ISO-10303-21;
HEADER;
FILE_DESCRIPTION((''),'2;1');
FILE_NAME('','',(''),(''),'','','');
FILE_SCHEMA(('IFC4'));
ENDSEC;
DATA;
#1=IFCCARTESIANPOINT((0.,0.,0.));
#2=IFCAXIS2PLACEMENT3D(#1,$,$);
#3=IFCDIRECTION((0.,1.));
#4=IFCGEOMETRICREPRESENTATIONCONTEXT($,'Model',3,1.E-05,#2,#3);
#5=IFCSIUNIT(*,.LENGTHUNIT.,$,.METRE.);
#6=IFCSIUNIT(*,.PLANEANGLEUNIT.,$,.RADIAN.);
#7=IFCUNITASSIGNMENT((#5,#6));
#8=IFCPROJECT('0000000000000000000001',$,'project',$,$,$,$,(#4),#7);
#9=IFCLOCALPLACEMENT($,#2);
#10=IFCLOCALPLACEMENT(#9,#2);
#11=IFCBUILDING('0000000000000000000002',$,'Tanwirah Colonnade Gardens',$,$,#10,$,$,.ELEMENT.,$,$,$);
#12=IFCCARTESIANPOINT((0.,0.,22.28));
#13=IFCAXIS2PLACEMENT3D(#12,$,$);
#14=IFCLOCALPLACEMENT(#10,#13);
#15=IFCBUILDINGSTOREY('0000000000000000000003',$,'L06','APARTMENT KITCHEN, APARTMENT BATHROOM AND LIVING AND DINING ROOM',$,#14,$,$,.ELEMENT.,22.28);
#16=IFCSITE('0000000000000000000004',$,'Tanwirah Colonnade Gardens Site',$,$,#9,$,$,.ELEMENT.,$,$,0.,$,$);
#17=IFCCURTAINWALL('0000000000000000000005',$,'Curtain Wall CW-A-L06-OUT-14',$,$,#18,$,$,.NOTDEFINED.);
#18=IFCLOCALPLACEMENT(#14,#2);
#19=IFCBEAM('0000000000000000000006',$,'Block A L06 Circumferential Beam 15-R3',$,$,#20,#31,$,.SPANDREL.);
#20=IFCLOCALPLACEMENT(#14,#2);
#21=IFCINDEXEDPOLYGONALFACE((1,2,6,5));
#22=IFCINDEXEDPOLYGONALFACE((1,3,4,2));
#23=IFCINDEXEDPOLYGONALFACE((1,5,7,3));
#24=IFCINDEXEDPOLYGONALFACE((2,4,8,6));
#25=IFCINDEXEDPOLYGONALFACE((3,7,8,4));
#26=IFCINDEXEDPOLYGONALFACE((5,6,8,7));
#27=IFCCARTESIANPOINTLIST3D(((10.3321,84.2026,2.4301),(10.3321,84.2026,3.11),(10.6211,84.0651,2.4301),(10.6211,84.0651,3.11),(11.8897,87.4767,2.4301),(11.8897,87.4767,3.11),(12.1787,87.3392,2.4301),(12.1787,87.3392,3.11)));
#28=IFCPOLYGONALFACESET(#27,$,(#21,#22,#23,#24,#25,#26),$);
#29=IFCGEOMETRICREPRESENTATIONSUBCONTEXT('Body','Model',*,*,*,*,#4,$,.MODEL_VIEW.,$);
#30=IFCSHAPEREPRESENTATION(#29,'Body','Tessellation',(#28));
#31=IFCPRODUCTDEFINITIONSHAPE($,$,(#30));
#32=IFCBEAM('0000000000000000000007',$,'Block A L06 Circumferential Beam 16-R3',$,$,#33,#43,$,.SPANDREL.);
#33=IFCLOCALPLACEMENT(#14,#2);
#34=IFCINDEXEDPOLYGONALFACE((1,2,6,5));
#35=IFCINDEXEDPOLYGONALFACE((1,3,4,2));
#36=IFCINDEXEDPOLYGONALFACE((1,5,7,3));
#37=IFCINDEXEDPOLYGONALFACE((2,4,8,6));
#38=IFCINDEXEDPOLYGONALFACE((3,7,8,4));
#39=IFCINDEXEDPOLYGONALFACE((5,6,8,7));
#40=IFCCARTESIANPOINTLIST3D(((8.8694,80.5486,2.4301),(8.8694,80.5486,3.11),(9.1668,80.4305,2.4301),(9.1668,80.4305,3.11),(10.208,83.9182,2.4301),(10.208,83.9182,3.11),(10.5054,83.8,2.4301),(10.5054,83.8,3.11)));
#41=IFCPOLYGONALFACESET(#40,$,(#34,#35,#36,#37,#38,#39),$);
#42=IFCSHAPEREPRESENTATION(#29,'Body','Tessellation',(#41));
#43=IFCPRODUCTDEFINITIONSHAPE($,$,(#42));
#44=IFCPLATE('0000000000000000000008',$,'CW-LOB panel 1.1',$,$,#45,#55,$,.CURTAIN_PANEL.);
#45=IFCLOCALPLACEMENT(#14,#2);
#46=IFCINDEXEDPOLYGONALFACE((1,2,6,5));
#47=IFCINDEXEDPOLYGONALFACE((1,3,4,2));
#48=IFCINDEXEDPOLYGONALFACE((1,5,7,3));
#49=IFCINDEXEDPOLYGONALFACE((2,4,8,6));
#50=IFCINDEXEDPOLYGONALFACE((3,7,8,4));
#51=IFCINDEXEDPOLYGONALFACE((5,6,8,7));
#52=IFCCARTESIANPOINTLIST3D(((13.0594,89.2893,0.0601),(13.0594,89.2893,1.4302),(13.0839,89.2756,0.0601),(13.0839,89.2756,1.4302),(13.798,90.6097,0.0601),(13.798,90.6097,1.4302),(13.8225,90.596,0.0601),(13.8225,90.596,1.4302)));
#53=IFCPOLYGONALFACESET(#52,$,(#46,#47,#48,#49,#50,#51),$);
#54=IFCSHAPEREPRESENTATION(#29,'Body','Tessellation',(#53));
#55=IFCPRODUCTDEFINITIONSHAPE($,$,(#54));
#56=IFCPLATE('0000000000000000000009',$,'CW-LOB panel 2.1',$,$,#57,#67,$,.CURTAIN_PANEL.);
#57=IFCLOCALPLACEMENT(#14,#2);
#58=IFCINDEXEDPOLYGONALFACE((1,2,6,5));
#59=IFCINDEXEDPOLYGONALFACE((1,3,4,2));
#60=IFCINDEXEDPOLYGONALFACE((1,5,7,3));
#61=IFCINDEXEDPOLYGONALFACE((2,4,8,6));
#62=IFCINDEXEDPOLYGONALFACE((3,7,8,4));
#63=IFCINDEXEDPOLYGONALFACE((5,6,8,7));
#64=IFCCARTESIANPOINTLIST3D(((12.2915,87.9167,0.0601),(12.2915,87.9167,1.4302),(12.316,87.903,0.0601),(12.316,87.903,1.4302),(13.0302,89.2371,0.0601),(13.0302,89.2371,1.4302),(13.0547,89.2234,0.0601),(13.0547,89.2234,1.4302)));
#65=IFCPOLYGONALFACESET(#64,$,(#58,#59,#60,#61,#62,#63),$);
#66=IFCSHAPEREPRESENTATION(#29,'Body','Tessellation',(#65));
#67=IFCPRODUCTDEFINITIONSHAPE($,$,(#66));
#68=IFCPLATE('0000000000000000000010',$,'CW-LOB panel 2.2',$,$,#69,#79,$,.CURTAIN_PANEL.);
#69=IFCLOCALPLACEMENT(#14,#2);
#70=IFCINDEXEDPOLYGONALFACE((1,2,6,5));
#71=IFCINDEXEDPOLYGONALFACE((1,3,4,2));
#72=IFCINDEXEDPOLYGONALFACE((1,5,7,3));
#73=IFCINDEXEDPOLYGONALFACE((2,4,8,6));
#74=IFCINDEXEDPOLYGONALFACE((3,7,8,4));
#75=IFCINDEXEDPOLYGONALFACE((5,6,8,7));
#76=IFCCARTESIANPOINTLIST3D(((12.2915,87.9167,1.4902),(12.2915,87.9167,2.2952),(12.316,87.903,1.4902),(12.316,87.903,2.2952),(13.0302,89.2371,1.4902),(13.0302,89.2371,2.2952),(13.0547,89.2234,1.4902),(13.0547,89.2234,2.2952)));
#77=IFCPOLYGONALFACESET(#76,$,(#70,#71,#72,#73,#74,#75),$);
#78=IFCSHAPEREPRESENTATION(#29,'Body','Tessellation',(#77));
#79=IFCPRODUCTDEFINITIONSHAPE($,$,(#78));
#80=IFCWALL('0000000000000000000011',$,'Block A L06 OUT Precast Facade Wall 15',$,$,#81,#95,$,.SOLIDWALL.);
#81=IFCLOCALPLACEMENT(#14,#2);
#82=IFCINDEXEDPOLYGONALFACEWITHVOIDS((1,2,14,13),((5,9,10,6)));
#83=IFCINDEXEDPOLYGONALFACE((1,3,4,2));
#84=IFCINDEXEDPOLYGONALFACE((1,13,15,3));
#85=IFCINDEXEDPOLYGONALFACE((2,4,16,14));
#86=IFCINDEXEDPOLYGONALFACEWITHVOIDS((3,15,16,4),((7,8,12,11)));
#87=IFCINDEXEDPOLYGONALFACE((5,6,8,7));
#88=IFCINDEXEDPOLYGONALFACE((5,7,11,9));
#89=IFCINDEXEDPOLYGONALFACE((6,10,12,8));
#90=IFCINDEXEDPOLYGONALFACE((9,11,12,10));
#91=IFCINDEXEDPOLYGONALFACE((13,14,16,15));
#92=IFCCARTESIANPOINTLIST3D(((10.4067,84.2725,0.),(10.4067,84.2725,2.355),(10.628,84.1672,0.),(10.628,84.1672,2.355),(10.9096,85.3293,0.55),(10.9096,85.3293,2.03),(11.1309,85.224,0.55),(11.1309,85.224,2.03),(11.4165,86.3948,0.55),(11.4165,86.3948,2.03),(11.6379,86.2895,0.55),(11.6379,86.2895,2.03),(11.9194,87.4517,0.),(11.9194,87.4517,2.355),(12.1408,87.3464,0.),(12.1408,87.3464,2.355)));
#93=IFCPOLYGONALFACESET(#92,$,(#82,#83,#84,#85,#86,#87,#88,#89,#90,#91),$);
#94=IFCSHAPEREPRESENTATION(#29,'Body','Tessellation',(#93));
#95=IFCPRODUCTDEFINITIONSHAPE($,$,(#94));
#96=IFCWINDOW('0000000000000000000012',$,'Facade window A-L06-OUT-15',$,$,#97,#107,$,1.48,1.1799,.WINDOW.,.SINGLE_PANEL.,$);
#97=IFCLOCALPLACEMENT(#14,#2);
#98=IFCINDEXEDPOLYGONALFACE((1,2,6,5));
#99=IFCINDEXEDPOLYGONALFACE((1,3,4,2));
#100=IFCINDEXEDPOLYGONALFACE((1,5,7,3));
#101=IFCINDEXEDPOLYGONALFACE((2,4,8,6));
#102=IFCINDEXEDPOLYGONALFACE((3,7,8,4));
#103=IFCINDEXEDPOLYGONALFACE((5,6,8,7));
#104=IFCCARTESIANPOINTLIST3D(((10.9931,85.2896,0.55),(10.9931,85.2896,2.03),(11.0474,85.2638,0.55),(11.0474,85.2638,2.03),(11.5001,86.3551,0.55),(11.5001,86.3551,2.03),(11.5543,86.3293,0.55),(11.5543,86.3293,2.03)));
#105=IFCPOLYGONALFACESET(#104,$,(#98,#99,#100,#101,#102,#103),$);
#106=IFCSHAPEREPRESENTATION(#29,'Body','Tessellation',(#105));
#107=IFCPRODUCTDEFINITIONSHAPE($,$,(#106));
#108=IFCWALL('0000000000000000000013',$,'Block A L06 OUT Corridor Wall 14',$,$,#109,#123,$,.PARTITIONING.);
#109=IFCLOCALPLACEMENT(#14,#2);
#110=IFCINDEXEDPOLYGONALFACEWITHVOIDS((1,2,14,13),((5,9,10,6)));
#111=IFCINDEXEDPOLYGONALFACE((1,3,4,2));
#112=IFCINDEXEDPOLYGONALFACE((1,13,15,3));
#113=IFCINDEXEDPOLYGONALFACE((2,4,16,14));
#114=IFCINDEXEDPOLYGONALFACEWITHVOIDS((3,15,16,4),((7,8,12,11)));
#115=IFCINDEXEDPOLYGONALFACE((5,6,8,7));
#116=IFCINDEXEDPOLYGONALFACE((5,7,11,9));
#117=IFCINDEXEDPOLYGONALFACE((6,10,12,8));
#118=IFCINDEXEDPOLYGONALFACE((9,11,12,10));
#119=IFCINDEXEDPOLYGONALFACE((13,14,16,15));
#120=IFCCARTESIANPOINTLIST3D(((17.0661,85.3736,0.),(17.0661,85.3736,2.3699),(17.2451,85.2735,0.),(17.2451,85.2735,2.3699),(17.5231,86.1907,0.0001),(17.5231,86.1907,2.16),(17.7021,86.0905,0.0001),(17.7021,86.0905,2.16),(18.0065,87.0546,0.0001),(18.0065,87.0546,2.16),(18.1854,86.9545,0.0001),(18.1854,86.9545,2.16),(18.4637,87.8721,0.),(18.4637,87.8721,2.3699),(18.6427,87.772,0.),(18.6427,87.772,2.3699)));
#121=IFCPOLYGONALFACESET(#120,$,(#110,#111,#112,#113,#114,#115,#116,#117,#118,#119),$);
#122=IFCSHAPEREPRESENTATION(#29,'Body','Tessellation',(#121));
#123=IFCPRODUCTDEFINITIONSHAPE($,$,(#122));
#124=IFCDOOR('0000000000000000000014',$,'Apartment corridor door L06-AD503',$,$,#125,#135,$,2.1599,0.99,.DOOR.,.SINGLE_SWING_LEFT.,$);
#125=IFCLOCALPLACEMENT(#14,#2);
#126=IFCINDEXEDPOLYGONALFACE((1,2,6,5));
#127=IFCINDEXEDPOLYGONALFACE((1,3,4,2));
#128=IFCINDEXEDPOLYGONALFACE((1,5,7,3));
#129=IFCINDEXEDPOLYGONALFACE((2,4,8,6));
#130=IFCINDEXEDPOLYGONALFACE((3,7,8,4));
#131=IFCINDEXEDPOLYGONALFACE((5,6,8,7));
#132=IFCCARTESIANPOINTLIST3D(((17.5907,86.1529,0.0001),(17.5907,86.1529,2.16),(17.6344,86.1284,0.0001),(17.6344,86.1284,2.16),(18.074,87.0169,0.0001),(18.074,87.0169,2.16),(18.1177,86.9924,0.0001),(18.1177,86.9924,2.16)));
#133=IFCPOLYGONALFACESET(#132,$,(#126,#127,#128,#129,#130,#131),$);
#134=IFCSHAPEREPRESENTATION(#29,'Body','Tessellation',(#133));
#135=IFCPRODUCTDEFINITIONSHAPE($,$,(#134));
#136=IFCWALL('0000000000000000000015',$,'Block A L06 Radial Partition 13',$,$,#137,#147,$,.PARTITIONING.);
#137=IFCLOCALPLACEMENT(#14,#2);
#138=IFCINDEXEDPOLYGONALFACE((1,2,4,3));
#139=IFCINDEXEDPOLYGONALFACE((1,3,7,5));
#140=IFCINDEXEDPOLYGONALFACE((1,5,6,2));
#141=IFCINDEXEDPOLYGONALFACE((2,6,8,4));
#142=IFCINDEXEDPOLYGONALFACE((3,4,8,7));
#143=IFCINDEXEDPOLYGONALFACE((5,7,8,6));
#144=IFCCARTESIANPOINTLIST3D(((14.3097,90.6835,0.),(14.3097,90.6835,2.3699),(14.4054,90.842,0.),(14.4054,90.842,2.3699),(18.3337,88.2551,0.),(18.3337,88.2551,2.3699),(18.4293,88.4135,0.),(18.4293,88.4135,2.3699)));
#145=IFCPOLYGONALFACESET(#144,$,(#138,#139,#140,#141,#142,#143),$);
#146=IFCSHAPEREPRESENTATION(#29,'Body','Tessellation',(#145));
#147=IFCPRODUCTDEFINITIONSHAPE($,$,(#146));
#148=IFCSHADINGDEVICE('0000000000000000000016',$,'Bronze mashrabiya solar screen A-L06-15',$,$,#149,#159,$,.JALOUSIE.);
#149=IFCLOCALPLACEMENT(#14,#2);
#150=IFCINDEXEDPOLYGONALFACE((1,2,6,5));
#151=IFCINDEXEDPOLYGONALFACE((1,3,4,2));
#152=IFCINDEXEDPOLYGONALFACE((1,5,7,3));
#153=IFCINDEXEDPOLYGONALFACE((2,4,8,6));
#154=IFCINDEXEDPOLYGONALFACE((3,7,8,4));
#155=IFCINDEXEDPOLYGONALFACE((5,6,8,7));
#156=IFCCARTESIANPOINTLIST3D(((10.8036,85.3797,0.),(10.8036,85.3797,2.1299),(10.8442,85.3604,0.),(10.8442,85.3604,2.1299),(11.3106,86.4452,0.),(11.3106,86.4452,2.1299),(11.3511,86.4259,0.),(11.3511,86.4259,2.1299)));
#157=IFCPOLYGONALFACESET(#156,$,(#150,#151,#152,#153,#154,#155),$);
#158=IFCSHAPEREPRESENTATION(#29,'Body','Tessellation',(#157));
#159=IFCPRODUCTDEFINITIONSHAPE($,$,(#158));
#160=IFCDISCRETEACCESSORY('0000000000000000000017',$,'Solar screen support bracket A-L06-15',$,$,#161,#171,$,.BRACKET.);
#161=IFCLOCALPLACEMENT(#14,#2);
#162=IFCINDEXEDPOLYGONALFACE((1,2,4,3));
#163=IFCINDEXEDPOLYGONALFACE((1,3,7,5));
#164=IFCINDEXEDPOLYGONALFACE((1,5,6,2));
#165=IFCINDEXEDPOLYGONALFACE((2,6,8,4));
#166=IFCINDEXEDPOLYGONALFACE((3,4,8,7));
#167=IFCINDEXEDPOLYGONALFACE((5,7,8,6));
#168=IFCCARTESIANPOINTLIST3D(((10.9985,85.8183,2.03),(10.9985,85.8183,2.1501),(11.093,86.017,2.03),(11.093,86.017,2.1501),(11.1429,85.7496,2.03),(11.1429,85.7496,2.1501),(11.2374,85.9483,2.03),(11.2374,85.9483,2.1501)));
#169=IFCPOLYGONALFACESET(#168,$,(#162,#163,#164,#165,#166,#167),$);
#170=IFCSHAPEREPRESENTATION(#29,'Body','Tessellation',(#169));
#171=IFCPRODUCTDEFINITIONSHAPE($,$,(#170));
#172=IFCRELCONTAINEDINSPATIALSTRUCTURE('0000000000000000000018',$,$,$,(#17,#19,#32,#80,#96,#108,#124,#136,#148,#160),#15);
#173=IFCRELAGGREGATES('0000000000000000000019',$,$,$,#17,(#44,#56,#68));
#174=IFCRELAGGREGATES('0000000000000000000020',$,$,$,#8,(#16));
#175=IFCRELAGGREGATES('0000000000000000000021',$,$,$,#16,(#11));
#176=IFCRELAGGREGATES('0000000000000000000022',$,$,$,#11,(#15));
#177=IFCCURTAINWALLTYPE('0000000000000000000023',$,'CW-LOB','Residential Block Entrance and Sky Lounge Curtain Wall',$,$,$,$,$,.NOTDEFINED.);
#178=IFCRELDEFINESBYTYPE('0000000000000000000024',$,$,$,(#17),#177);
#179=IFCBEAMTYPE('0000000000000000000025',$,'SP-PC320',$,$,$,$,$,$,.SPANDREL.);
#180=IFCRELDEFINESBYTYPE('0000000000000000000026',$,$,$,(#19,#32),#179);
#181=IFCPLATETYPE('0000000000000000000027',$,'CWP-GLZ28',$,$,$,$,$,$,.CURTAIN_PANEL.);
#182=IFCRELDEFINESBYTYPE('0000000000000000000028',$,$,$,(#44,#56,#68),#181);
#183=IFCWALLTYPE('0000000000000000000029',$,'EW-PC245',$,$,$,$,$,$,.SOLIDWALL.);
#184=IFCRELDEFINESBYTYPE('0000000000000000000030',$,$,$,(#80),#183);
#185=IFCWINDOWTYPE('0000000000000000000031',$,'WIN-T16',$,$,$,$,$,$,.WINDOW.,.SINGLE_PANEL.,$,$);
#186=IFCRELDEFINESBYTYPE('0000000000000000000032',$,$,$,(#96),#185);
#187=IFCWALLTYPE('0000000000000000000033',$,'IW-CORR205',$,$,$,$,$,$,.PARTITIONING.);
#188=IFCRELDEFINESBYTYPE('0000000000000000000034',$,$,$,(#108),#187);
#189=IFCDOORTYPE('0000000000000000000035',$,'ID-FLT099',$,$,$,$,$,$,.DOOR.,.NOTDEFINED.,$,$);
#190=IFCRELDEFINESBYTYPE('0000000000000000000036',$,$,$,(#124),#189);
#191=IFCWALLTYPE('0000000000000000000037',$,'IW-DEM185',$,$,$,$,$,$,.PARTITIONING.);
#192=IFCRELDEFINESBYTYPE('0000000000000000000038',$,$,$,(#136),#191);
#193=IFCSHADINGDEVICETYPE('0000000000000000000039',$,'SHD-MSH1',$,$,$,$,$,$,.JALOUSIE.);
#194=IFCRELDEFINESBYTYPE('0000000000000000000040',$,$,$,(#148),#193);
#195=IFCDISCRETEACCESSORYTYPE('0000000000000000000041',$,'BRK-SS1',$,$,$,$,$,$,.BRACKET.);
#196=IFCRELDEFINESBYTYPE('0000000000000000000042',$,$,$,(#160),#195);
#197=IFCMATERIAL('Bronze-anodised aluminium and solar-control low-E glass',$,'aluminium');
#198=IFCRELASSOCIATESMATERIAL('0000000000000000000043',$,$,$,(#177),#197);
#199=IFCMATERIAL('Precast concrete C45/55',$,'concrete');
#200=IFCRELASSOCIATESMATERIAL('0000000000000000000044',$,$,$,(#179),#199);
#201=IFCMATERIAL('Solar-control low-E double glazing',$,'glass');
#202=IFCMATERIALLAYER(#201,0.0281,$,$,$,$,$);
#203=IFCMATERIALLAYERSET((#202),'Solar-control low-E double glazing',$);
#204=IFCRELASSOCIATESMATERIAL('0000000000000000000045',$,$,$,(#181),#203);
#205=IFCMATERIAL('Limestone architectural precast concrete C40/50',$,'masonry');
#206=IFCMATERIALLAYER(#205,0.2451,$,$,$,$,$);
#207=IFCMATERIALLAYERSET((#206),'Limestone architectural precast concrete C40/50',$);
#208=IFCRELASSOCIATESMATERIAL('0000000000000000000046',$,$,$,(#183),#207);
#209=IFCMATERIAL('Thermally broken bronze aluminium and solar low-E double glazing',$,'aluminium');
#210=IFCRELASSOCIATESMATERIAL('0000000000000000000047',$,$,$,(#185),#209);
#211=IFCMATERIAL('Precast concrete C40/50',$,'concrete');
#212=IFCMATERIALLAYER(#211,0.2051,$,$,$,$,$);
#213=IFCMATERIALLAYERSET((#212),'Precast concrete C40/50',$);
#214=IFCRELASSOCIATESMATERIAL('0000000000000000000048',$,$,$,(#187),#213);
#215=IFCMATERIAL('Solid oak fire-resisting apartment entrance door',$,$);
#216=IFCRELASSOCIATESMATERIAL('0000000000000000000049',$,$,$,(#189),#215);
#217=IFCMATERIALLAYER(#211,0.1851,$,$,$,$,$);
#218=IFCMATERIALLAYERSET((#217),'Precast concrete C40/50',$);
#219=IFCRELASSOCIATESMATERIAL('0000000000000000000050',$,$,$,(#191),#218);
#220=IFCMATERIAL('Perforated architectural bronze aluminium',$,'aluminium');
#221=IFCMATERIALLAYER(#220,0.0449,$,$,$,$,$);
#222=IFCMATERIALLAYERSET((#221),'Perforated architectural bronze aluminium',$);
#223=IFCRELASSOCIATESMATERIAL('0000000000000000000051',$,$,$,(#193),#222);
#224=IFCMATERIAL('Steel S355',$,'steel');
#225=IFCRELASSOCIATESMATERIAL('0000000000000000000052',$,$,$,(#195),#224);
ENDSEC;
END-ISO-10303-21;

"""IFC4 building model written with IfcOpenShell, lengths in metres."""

from ifc_helpers import new_model, si_unit, direction, frame, frame_2d, origin, origin_2d, place, context, subcontext, project, spatial, rectangle, extrude, material, layer, layer_set, material_profile, profile_set, type_object, element, fill, aggregate, save


model = new_model("IFC4")

# Units and contexts
model_context = context("Model", 3, precision=1e-05, world=origin(), true_north=direction((0.0, 1.0)))
body_context = subcontext(model_context, "Body", "Model", "MODEL_VIEW")
ifc_project = project(units=[si_unit("LENGTHUNIT", "METRE"), si_unit("PLANEANGLEUNIT", "RADIAN")], contexts=[model_context])

# Site, building, storey
site_placement = place(None, origin())
site = spatial("IfcSite", under=ifc_project, at=site_placement, Name="Tanwirah Colonnade Gardens Site", CompositionType="ELEMENT", RefElevation=0.0)
building_placement = place(site_placement, origin())
building = spatial("IfcBuilding", under=site, at=building_placement, Name="Tanwirah Colonnade Gardens", CompositionType="ELEMENT")
storey_placement = place(building_placement, frame((0.0, 0.0, 22.28)))
storey = spatial("IfcBuildingStorey", under=building, at=storey_placement, Name="L06", Description="APARTMENT KITCHEN, APARTMENT BATHROOM AND LIVING AND DINING ROOM", CompositionType="ELEMENT", Elevation=22.28)

# Shared definitions
ifc_material_1 = material(Name="Precast concrete C45/55", Category="concrete")
ifc_material_2 = material(Name="Precast concrete C40/50", Category="concrete")

# Curtain wall
ifc_material_3 = material(Name="Bronze-anodised aluminium and solar-control low-E glass", Category="aluminium")
curtain_wall_type = type_object("IfcCurtainWallType", Name="CW-LOB", Description="Residential Block Entrance and Sky Lounge Curtain Wall", PredefinedType="NOTDEFINED", material=ifc_material_3)
curtain_wall_placement = place(storey_placement, origin())
curtain_wall = element("IfcCurtainWall", 1, at=curtain_wall_placement, inside=storey, type_object=curtain_wall_type, Name="Curtain Wall CW-A-L06-OUT-14", PredefinedType="NOTDEFINED")

# Beams
ifc_material_profile_1 = material_profile(ifc_material_1, rectangle(XDim=0.3201, YDim=0.6799, at=origin_2d()), Name="PC-SP 320x680")
ifc_profile_set_1 = profile_set([ifc_material_profile_1], Name="Precast concrete C45/55")
beam_type_1 = type_object("IfcBeamType", Name="SP-PC320", PredefinedType="SPANDREL", material=ifc_profile_set_1)
for number, where, z_axis, x_axis, name in (
    (2, (12.0342, 87.408, 2.77), (-0.429594, -0.903022, 0.0), (0.903022, -0.429594, 0.0), "Block A L06 Circumferential Beam 15-R3"),
    (3, (10.3567, 83.8591, 2.77), (-0.369195, -0.929352, 0.0), (0.929352, -0.369195, 0.0), "Block A L06 Circumferential Beam 16-R3"),
):
    element("IfcBeam", number, at=place(storey_placement, frame(where, z_axis=z_axis, x_axis=x_axis)), inside=storey, type_object=beam_type_1, Name=name, PredefinedType="SPANDREL", context=body_context, shape_type="SweptSolid", body=[
        extrude(rectangle(XDim=0.3201, YDim=0.6799, at=origin_2d()), origin(), (0.0, 0.0, 1.0), 3.6257),
    ])

# Plates
ifc_material_4 = material(Name="Solar-control low-E double glazing", Category="glass")
ifc_layer_1 = layer(ifc_material_4, 0.0281)
ifc_layer_set_1 = layer_set([ifc_layer_1], Name="Solar-control low-E double glazing")
plate_type = type_object("IfcPlateType", Name="CWP-GLZ28", PredefinedType="CURTAIN_PANEL", material=ifc_layer_set_1)
plate_1_placement = place(storey_placement, frame((13.4409, 89.9426, 0.0601), z_axis=(0.0, 0.0, 1.0), x_axis=(-0.488199, -0.872732, 0.0)))
plate_1 = element("IfcPlate", 4, at=plate_1_placement, type_object=plate_type, Name="CW-LOB panel 1.1", PredefinedType="CURTAIN_PANEL", context=body_context, shape_type="SweptSolid", body=[
    extrude(rectangle(XDim=1.5129, YDim=0.0281, at=origin_2d()), origin(), (0.0, 0.0, 1.0), 1.3701),
])
plate_2_placement = place(storey_placement, frame((12.6731, 88.5701, 0.0601), z_axis=(0.0, 0.0, 1.0), x_axis=(-0.488199, -0.872732, 0.0)))
plate_2 = element("IfcPlate", 5, at=plate_2_placement, type_object=plate_type, Name="CW-LOB panel 2.1", PredefinedType="CURTAIN_PANEL", context=body_context, shape_type="SweptSolid", body=[
    extrude(rectangle(XDim=1.5129, YDim=0.0281, at=origin_2d()), origin(), (0.0, 0.0, 1.0), 1.3701),
])
plate_3_placement = place(storey_placement, frame((12.6731, 88.5701, 1.4902), z_axis=(0.0, 0.0, 1.0), x_axis=(-0.488199, -0.872732, 0.0)))
plate_3 = element("IfcPlate", 6, at=plate_3_placement, type_object=plate_type, Name="CW-LOB panel 2.2", PredefinedType="CURTAIN_PANEL", context=body_context, shape_type="SweptSolid", body=[
    extrude(rectangle(XDim=1.5129, YDim=0.0281, at=origin_2d()), origin(), (0.0, 0.0, 1.0), 0.8049),
])
aggregate(curtain_wall, [plate_1, plate_2, plate_3])

# Wall, opening, window
ifc_material_5 = material(Name="Limestone architectural precast concrete C40/50", Category="masonry")
ifc_layer_2 = layer(ifc_material_5, 0.2451)
ifc_layer_set_2 = layer_set([ifc_layer_2], Name="Limestone architectural precast concrete C40/50")
wall_type_1 = type_object("IfcWallType", Name="EW-PC245", PredefinedType="SOLIDWALL", material=ifc_layer_set_2)
wall_1_placement = place(storey_placement, frame((12.03, 87.3989, 0.0), z_axis=(0.0, 0.0, 1.0), x_axis=(-0.429654, -0.902994, 0.0)))
wall_1 = element("IfcWall", 7, at=wall_1_placement, inside=storey, type_object=wall_type_1, Name="Block A L06 OUT Precast Facade Wall 15", PredefinedType="SOLIDWALL", context=body_context, shape_type="SweptSolid", body=[
    extrude(rectangle(XDim=3.5208, YDim=0.2451, at=frame_2d((1.7603, 0.0))), origin(), (0.0, 0.0, 1.0), 2.355),
])
opening_1_placement = place(wall_1_placement, frame((1.1704, 0.0, 0.55)))
opening_1 = element("IfcOpeningElement", 8, at=opening_1_placement, cuts=wall_1, PredefinedType="OPENING", context=body_context, shape_type="SweptSolid", body=[
    extrude(rectangle(XDim=1.1799, YDim=1.48, at=frame_2d((0.5898, 0.74))), frame((0.0, 0.1326, 0.0), z_axis=(0.0, -1.0, 0.0), x_axis=(1.0, 0.0, 0.0)), (0.0, 0.0, 1.0), 0.2651),
])
ifc_material_6 = material(Name="Thermally broken bronze aluminium and solar low-E double glazing", Category="aluminium")
window_type = type_object("IfcWindowType", Name="WIN-T16", PartitioningType="SINGLE_PANEL", PredefinedType="WINDOW", material=ifc_material_6)
window_placement = place(opening_1_placement, origin())
window = element("IfcWindow", 9, at=window_placement, inside=storey, type_object=window_type, Name="Facade window A-L06-OUT-15", OverallHeight=1.48, OverallWidth=1.1799, PartitioningType="SINGLE_PANEL", PredefinedType="WINDOW", context=body_context, shape_type="SweptSolid", body=[
    extrude(rectangle(XDim=1.1799, YDim=1.48, at=frame_2d((0.5898, 0.74))), frame((0.0, 0.03, 0.0), z_axis=(0.0, -1.0, 0.0), x_axis=(1.0, 0.0, 0.0)), (0.0, 0.0, 1.0), 0.0601),
])
fill(opening_1, window)

# Wall, opening, door
ifc_layer_3 = layer(ifc_material_2, 0.2051)
ifc_layer_set_3 = layer_set([ifc_layer_3], Name="Precast concrete C40/50")
wall_type_2 = type_object("IfcWallType", Name="IW-CORR205", PredefinedType="PARTITIONING", material=ifc_layer_set_3)
wall_2_placement = place(storey_placement, frame((18.5532, 87.822, 0.0), z_axis=(0.0, 0.0, 1.0), x_axis=(-0.488211, -0.872726, 0.0)))
wall_2 = element("IfcWall", 10, at=wall_2_placement, inside=storey, type_object=wall_type_2, Name="Block A L06 OUT Corridor Wall 14", PredefinedType="PARTITIONING", context=body_context, shape_type="SweptSolid", body=[
    extrude(rectangle(XDim=2.8628, YDim=0.2051, at=frame_2d((1.4314, 0.0))), origin(), (0.0, 0.0, 1.0), 2.3699),
])
opening_2_placement = place(wall_2_placement, frame((0.9365, 0.0, 0.0)))
opening_2 = element("IfcOpeningElement", 11, at=opening_2_placement, cuts=wall_2, PredefinedType="OPENING", context=body_context, shape_type="SweptSolid", body=[
    extrude(rectangle(XDim=0.99, YDim=2.1599, at=frame_2d((0.4951, 1.0801))), frame((0.0, 0.1125, 0.0), z_axis=(0.0, -1.0, 0.0), x_axis=(1.0, 0.0, 0.0)), (0.0, 0.0, 1.0), 0.2251),
])
ifc_material_7 = material(Name="Solid oak fire-resisting apartment entrance door")
door_type_1 = type_object("IfcDoorType", Name="ID-FLT099", OperationType="NOTDEFINED", PredefinedType="DOOR", material=ifc_material_7)
door_1_placement = place(opening_2_placement, origin())
door_1 = element("IfcDoor", 12, at=door_1_placement, inside=storey, type_object=door_type_1, Name="Apartment corridor door L06-AD503", OperationType="SINGLE_SWING_LEFT", OverallHeight=2.1599, OverallWidth=0.99, PredefinedType="DOOR", context=body_context, shape_type="SweptSolid", body=[
    extrude(rectangle(XDim=0.99, YDim=2.1599, at=frame_2d((0.4951, 1.0801))), frame((0.0, 0.0249, 0.0), z_axis=(0.0, -1.0, 0.0), x_axis=(1.0, 0.0, 0.0)), (0.0, 0.0, 1.0), 0.05),
])
fill(opening_2, door_1)

# Wall
ifc_layer_4 = layer(ifc_material_2, 0.1851)
ifc_layer_set_4 = layer_set([ifc_layer_4], Name="Precast concrete C40/50")
wall_type_3 = type_object("IfcWallType", Name="IW-DEM185", PredefinedType="PARTITIONING", material=ifc_layer_set_4)
wall_3_placement = place(storey_placement, frame((18.3816, 88.3342, 0.0), z_axis=(0.0, 0.0, 1.0), x_axis=(-0.856165, 0.516702, 0.0)))
element("IfcWall", 13, at=wall_3_placement, inside=storey, type_object=wall_type_3, Name="Block A L06 Radial Partition 13", PredefinedType="PARTITIONING", context=body_context, shape_type="SweptSolid", body=[
    extrude(rectangle(XDim=4.7, YDim=0.1851, at=frame_2d((2.3501, 0.0))), origin(), (0.0, 0.0, 1.0), 2.3699),
])

# Shading device
ifc_material_8 = material(Name="Perforated architectural bronze aluminium", Category="aluminium")
ifc_layer_5 = layer(ifc_material_8, 0.0449)
ifc_layer_set_5 = layer_set([ifc_layer_5], Name="Perforated architectural bronze aluminium")
shading_device_type = type_object("IfcShadingDeviceType", Name="SHD-MSH1", PredefinedType="JALOUSIE", material=ifc_layer_set_5)
shading_device_placement = place(storey_placement, frame((11.0774, 85.9028, 0.0), z_axis=(0.0, 0.0, 1.0), x_axis=(-0.429636, -0.903002, 0.0)))
element("IfcShadingDevice", 14, at=shading_device_placement, inside=storey, type_object=shading_device_type, Name="Bronze mashrabiya solar screen A-L06-15", PredefinedType="JALOUSIE", context=body_context, shape_type="SweptSolid", body=[
    extrude(rectangle(XDim=1.1799, YDim=0.0449, at=origin_2d()), origin(), (0.0, 0.0, 1.0), 2.1299),
])

# Discrete accessory
ifc_material_9 = material(Name="Steel S355", Category="steel")
discrete_accessory_type = type_object("IfcDiscreteAccessoryType", Name="BRK-SS1", PredefinedType="BRACKET", material=ifc_material_9)
discrete_accessory_placement = place(storey_placement, frame((11.1179, 85.8833, 2.03), z_axis=(0.0, 0.0, 1.0), x_axis=(-0.429636, -0.903002, 0.0)))
element("IfcDiscreteAccessory", 15, at=discrete_accessory_placement, inside=storey, type_object=discrete_accessory_type, Name="Solar screen support bracket A-L06-15", PredefinedType="BRACKET", context=body_context, shape_type="SweptSolid", body=[
    extrude(rectangle(XDim=0.22, YDim=0.1599, at=origin_2d()), origin(), (0.0, 0.0, 1.0), 0.1201),
])

save(model, "model.ifc")
